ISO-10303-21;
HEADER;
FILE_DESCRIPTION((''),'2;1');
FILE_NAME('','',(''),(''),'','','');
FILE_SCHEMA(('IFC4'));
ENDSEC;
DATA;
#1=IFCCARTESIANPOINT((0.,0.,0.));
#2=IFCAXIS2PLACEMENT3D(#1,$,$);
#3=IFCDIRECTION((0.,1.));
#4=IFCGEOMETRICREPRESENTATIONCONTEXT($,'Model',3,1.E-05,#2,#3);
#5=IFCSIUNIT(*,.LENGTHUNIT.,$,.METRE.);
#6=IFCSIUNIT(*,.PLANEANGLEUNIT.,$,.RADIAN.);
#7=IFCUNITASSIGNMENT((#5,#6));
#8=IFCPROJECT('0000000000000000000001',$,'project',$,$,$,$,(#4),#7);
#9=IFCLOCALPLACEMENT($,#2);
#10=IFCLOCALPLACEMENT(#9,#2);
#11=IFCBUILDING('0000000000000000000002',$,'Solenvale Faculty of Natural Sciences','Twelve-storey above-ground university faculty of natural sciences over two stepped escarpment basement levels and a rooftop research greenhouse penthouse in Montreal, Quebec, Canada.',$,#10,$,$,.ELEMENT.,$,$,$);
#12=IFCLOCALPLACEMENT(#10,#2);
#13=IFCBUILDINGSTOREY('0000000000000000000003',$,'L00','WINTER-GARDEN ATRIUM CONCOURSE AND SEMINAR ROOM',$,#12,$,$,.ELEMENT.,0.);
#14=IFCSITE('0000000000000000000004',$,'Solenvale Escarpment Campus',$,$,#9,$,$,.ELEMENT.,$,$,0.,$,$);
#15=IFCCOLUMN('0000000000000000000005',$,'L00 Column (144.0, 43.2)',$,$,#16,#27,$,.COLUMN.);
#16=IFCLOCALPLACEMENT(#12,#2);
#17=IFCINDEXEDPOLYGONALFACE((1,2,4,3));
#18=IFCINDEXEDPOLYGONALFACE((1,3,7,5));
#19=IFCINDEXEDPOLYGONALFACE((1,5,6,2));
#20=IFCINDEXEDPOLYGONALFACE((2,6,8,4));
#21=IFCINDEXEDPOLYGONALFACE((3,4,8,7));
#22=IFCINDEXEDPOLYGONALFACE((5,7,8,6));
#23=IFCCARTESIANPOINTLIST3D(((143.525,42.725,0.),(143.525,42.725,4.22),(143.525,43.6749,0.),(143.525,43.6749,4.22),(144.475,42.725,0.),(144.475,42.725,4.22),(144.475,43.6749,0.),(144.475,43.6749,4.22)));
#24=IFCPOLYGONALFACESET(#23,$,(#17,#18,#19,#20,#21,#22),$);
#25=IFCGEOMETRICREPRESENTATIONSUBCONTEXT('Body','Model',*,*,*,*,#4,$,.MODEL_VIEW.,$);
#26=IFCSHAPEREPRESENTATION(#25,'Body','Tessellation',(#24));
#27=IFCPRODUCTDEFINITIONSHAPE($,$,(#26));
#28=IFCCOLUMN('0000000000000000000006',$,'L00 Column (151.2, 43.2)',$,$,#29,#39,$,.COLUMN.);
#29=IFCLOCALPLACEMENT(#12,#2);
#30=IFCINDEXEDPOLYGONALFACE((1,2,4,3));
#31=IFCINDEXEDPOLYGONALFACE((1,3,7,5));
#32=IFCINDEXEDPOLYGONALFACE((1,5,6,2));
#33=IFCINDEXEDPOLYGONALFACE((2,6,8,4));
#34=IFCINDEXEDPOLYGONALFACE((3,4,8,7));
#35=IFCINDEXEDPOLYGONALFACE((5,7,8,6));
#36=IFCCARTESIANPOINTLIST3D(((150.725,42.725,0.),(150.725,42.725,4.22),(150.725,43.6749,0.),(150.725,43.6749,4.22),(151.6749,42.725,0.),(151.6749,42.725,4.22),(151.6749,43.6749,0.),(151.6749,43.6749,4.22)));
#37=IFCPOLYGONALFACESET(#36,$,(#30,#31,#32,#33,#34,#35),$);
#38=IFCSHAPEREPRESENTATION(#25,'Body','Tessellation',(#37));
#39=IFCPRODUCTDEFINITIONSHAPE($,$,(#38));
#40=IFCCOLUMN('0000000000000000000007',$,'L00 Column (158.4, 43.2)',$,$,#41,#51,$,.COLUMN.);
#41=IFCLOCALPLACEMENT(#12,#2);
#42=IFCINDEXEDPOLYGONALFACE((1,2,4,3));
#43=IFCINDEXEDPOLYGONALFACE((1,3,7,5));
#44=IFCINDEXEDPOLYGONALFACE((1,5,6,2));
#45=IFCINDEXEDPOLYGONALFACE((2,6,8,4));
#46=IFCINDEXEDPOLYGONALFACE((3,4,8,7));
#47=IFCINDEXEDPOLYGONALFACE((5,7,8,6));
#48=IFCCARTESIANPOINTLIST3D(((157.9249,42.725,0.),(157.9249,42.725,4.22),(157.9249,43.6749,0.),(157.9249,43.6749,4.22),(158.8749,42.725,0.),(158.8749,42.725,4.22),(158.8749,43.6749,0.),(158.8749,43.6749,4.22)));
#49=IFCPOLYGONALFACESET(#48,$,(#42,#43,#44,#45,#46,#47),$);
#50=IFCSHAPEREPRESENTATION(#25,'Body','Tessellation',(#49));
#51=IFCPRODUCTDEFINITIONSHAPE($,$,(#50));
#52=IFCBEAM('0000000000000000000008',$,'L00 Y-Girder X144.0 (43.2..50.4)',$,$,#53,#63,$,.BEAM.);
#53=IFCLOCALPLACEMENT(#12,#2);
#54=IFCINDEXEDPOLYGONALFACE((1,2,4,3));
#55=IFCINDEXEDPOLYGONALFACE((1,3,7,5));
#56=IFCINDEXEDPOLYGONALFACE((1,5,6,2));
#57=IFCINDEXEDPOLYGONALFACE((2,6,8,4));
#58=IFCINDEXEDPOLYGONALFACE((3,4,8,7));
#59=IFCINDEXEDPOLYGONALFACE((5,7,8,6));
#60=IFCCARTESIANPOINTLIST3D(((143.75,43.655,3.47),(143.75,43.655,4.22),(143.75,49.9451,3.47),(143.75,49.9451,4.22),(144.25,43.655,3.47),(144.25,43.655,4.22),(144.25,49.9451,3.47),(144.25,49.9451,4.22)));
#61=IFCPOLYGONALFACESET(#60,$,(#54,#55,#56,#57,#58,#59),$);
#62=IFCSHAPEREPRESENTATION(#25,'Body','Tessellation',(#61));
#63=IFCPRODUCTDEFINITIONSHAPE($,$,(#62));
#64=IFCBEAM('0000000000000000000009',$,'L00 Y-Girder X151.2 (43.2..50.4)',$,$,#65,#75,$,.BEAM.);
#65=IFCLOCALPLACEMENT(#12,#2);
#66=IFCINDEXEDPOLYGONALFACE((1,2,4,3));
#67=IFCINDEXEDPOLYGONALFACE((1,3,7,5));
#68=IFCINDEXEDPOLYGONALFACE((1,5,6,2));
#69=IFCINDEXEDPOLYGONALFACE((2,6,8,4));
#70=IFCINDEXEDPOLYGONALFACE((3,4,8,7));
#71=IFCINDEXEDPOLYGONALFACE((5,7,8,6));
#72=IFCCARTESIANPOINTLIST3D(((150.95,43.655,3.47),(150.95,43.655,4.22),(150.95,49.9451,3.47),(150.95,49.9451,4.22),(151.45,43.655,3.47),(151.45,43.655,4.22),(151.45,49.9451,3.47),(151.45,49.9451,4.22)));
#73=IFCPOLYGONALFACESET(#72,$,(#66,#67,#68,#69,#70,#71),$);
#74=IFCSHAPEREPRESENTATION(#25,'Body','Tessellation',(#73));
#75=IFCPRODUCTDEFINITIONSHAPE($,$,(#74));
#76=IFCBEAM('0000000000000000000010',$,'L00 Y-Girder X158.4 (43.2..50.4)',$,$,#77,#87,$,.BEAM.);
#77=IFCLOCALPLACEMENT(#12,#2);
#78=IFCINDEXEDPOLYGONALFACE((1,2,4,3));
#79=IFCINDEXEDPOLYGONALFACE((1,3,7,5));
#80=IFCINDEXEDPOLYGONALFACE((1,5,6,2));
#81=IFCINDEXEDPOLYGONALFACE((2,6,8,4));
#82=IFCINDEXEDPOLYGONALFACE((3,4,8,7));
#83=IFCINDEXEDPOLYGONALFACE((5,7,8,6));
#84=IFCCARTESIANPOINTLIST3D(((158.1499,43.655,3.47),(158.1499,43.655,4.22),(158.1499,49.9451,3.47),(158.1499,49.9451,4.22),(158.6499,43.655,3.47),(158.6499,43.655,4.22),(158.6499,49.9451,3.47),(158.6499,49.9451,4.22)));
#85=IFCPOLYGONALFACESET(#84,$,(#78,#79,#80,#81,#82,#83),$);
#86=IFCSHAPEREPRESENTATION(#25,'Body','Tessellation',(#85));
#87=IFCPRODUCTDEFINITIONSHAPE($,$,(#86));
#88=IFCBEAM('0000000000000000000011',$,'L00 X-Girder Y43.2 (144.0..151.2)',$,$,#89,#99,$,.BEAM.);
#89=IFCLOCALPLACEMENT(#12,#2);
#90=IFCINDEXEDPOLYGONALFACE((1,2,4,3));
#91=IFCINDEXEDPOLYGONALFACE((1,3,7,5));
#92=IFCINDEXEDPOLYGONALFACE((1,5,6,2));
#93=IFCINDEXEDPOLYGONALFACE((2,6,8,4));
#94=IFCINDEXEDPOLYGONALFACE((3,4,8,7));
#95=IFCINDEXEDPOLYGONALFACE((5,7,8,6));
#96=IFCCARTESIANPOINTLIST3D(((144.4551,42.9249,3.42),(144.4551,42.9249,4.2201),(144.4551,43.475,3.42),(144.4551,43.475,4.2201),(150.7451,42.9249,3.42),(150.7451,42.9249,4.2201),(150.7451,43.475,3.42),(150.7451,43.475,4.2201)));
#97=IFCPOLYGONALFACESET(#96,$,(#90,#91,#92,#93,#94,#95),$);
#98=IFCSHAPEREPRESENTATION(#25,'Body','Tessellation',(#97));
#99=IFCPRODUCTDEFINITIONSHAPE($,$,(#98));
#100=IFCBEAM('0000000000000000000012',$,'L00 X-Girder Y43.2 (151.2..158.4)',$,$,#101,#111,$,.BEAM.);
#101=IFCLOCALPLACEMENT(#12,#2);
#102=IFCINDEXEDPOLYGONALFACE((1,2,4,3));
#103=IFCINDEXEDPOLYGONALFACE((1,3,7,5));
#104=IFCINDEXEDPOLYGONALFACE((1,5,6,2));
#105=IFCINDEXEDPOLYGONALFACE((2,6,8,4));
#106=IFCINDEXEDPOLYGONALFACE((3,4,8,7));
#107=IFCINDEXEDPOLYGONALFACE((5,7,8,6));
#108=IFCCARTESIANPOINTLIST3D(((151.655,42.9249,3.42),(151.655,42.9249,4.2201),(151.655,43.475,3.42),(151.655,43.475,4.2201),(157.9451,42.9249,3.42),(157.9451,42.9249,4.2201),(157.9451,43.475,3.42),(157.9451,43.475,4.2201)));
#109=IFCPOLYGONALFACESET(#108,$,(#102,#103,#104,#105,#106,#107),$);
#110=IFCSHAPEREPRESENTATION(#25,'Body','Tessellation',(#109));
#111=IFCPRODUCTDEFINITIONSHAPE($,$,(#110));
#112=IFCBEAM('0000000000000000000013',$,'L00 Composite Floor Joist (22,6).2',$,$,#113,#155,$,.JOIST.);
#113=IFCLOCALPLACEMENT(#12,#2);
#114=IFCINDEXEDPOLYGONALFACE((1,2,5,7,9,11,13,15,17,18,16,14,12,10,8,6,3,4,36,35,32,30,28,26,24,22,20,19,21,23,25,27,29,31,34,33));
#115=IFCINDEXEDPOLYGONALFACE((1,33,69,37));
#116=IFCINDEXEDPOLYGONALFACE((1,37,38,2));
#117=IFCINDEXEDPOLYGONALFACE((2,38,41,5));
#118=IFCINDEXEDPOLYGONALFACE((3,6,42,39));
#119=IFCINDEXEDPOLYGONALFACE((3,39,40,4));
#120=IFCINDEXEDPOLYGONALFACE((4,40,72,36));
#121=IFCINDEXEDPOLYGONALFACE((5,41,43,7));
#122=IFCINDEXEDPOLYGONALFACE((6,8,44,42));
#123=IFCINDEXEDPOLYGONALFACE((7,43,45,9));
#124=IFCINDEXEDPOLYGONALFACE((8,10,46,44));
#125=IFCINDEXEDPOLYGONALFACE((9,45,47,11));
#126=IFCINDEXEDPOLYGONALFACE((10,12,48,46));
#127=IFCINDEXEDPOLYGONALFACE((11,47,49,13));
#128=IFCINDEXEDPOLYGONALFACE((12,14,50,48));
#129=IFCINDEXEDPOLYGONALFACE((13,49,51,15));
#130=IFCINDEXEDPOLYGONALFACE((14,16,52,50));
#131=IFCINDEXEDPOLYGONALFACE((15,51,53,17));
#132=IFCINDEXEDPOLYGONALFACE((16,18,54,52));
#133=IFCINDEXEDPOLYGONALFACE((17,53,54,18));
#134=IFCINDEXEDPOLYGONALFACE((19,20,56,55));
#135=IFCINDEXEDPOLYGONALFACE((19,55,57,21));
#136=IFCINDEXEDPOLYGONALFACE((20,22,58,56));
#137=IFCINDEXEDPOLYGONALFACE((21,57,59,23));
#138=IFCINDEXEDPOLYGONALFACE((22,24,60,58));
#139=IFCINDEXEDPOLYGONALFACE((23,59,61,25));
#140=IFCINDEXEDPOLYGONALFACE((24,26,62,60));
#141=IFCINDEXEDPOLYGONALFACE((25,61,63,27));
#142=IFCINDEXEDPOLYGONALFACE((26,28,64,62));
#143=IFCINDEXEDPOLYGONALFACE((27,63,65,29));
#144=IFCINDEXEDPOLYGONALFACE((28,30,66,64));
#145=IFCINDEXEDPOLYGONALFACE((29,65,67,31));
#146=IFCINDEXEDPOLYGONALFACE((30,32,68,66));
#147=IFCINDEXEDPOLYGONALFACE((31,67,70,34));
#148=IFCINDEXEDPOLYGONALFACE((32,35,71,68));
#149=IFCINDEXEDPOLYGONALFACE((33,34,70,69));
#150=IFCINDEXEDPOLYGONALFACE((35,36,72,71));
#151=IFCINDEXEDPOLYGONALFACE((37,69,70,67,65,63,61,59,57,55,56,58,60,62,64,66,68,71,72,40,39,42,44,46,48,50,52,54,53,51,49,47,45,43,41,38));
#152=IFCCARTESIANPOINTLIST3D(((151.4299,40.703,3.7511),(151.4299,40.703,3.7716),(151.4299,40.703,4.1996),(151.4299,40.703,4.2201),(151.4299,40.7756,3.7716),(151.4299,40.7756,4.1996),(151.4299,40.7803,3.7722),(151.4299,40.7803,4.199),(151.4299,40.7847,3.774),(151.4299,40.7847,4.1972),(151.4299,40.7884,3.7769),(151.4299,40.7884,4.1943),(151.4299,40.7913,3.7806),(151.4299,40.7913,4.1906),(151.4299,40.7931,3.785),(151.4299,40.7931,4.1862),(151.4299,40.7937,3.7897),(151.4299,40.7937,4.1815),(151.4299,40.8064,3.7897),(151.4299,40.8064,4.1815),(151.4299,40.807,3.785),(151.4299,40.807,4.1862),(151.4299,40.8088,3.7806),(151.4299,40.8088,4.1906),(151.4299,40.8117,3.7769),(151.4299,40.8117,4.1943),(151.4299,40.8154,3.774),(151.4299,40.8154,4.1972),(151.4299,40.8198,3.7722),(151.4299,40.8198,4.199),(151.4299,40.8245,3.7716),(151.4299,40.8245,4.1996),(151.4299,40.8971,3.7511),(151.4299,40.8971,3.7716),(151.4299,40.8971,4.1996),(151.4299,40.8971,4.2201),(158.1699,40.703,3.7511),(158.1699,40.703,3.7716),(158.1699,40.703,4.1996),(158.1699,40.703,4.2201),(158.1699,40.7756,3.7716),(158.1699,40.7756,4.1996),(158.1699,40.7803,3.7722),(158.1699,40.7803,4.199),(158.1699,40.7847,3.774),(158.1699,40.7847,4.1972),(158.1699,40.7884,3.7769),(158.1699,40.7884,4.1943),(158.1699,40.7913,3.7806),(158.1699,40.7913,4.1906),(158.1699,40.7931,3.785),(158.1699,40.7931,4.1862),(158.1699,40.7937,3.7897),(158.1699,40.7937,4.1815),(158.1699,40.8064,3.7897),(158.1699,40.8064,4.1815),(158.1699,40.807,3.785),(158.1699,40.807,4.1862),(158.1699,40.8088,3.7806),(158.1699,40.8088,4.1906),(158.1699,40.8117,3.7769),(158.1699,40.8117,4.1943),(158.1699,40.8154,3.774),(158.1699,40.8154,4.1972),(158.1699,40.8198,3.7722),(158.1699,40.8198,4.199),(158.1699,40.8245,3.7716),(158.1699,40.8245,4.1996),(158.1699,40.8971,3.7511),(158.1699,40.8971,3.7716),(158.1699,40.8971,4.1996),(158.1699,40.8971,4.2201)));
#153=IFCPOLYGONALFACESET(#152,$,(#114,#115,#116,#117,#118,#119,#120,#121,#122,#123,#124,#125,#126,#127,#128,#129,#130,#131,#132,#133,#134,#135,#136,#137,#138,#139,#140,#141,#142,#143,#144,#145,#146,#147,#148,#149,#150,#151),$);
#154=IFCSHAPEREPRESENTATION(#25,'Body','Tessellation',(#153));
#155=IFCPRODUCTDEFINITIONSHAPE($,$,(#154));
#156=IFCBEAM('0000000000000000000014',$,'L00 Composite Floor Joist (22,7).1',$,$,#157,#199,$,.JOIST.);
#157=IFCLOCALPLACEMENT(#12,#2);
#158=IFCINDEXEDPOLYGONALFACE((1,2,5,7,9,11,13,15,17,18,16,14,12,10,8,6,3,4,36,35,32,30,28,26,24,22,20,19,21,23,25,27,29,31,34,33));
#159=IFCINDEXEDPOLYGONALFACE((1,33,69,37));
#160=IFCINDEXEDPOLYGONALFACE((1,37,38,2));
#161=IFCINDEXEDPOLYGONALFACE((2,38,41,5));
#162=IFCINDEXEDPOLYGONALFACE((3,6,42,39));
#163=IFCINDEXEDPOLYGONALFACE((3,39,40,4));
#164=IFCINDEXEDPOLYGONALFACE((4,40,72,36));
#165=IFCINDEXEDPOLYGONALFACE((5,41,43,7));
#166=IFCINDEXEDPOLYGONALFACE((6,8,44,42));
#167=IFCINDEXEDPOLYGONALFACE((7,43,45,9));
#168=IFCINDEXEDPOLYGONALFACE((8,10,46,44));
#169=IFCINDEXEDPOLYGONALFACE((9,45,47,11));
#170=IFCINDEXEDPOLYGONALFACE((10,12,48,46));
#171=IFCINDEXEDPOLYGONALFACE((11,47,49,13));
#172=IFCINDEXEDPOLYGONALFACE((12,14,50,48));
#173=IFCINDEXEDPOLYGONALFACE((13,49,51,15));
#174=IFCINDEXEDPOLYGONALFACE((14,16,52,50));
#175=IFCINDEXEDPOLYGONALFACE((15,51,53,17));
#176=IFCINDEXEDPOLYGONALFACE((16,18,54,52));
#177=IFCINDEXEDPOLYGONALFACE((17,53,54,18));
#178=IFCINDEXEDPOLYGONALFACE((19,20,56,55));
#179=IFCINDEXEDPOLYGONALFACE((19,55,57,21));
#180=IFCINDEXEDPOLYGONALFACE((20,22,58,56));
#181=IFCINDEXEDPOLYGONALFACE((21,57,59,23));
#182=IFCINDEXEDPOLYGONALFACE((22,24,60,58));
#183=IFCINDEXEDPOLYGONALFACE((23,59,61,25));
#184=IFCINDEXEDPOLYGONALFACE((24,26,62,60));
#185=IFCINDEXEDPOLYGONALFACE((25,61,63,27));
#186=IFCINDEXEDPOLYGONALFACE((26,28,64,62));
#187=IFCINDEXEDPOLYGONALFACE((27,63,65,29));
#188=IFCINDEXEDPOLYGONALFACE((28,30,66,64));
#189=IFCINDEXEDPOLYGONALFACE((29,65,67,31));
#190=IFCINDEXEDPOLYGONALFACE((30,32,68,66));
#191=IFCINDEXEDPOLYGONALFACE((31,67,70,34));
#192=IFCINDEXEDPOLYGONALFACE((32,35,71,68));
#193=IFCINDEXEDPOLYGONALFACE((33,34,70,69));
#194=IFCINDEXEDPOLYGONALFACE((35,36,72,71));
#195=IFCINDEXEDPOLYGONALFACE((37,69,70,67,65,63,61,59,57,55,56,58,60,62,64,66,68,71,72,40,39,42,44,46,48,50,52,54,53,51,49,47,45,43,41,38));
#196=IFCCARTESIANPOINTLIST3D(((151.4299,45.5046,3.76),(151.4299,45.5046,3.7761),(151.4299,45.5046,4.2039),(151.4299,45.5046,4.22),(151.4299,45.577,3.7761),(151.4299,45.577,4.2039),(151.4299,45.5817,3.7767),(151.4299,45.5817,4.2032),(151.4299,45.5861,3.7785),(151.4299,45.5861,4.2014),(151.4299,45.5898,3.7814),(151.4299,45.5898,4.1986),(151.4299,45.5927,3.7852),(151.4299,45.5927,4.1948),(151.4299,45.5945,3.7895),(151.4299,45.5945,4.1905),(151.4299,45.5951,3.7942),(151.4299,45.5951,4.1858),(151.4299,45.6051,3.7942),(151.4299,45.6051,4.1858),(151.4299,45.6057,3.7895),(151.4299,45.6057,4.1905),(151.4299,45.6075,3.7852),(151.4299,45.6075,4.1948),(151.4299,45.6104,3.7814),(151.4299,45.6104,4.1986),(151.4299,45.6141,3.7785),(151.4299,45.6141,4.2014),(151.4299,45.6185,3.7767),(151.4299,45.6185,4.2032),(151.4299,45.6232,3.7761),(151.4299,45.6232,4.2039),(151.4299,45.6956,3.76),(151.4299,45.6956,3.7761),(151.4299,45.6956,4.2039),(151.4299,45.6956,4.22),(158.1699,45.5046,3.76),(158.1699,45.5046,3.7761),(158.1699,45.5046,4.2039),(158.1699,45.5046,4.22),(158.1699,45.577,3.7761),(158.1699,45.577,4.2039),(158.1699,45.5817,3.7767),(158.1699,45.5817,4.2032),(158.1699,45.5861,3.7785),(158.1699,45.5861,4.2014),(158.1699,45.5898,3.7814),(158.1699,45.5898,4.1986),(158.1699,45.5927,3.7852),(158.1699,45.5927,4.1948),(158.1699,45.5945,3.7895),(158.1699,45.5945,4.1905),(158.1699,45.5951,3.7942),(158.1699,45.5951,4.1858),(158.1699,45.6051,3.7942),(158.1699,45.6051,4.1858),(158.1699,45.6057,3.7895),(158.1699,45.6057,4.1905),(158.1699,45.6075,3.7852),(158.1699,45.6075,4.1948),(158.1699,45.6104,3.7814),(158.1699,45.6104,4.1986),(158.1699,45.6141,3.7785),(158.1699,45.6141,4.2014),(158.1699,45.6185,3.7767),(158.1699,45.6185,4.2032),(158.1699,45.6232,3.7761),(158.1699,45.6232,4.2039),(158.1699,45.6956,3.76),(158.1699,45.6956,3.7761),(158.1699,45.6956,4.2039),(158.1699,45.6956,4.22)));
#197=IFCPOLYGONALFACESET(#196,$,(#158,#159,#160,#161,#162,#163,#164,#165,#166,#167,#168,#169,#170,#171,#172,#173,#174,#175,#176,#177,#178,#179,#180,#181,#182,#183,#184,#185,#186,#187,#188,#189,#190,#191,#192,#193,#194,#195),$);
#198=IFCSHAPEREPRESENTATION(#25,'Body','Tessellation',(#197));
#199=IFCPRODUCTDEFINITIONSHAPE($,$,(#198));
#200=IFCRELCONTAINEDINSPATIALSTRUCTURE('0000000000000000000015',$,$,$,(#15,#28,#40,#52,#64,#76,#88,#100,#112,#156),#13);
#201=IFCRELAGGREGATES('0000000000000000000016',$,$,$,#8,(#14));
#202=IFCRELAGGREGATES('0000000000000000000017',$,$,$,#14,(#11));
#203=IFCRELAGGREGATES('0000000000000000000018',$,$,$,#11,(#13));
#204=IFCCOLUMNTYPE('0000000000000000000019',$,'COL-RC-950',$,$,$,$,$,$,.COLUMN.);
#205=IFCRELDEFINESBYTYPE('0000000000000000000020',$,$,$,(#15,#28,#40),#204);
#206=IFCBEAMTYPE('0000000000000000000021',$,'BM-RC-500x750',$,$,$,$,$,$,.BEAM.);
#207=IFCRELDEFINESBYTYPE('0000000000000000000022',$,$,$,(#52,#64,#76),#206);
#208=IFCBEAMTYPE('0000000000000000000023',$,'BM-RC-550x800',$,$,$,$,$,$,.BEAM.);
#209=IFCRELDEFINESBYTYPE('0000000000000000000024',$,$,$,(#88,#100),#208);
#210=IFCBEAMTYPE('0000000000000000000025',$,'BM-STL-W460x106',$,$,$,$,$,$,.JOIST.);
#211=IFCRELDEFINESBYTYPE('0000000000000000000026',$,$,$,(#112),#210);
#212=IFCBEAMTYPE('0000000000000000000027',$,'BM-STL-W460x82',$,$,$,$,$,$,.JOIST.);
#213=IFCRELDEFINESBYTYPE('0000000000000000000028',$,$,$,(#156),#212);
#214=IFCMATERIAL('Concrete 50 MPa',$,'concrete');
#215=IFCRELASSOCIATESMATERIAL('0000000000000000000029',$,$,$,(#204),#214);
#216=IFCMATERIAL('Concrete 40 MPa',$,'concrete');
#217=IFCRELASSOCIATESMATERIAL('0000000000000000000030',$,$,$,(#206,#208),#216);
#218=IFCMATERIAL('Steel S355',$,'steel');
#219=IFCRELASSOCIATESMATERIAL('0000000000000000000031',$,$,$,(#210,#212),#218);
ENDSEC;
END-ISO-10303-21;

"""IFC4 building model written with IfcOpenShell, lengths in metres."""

from ifc_helpers import new_model, si_unit, direction, frame, origin, origin_2d, place, context, subcontext, project, spatial, rectangle, i_section, extrude, material, material_profile, profile_set, type_object, element, save


model = new_model("IFC4")

# Units and contexts
model_context = context("Model", 3, precision=1e-05, world=origin(), true_north=direction((0.0, 1.0)))
body_context = subcontext(model_context, "Body", "Model", "MODEL_VIEW")
ifc_project = project(units=[si_unit("LENGTHUNIT", "METRE"), si_unit("PLANEANGLEUNIT", "RADIAN")], contexts=[model_context])

# Site, building, storey
site_placement = place(None, origin())
site = spatial("IfcSite", under=ifc_project, at=site_placement, Name="Solenvale Escarpment Campus", CompositionType="ELEMENT", RefElevation=0.0)
building_placement = place(site_placement, origin())
building = spatial("IfcBuilding", under=site, at=building_placement, Name="Solenvale Faculty of Natural Sciences", Description="Twelve-storey above-ground university faculty of natural sciences over two stepped escarpment basement levels and a rooftop research greenhouse penthouse in Montreal, Quebec, Canada.", CompositionType="ELEMENT")
storey_placement = place(building_placement, origin())
storey = spatial("IfcBuildingStorey", under=building, at=storey_placement, Name="L00", Description="WINTER-GARDEN ATRIUM CONCOURSE AND SEMINAR ROOM", CompositionType="ELEMENT", Elevation=0.0)

# Columns
ifc_material_1 = material(Name="Concrete 50 MPa", Category="concrete")
ifc_material_profile_1 = material_profile(ifc_material_1, rectangle(XDim=0.95, YDim=0.95, at=origin_2d()), Name="RC-COL-950x950")
ifc_profile_set_1 = profile_set([ifc_material_profile_1], Name="Concrete 50 MPa")
column_type = type_object("IfcColumnType", Name="COL-RC-950", PredefinedType="COLUMN", material=ifc_profile_set_1)
for number, where, z_axis, x_axis, name in (
    (1, (144.0, 43.2, 0.0), (0.0, 0.0, 1.0), (1.0, 0.0, 0.0), "L00 Column (144.0, 43.2)"),
    (2, (151.2, 43.2, 0.0), (0.0, 0.0, 1.0), (1.0, 0.0, 0.0), "L00 Column (151.2, 43.2)"),
    (3, (158.3999, 43.2, 0.0), (0.0, 0.0, 1.0), (1.0, 0.0, 0.0), "L00 Column (158.4, 43.2)"),
):
    element("IfcColumn", number, at=place(storey_placement, frame(where, z_axis=z_axis, x_axis=x_axis)), inside=storey, type_object=column_type, Name=name, PredefinedType="COLUMN", context=body_context, shape_type="SweptSolid", body=[
        extrude(rectangle(XDim=0.95, YDim=0.95, at=origin_2d()), origin(), (0.0, 0.0, 1.0), 4.22),
    ])

# Beams
ifc_material_2 = material(Name="Concrete 40 MPa", Category="concrete")
ifc_material_profile_2 = material_profile(ifc_material_2, rectangle(XDim=0.5, YDim=0.75, at=origin_2d()), Name="RC-BM-500x750")
ifc_profile_set_2 = profile_set([ifc_material_profile_2], Name="Concrete 40 MPa")
beam_type_1 = type_object("IfcBeamType", Name="BM-RC-500x750", PredefinedType="BEAM", material=ifc_profile_set_2)
for number, where, z_axis, x_axis, name in (
    (4, (144.0, 43.655, 3.845), (0.0, 1.0, 0.0), (-1.0, 0.0, 0.0), "L00 Y-Girder X144.0 (43.2..50.4)"),
    (5, (151.2, 43.655, 3.845), (0.0, 1.0, 0.0), (-1.0, 0.0, 0.0), "L00 Y-Girder X151.2 (43.2..50.4)"),
    (6, (158.3999, 43.655, 3.845), (0.0, 1.0, 0.0), (-1.0, 0.0, 0.0), "L00 Y-Girder X158.4 (43.2..50.4)"),
):
    element("IfcBeam", number, at=place(storey_placement, frame(where, z_axis=z_axis, x_axis=x_axis)), inside=storey, type_object=beam_type_1, Name=name, PredefinedType="BEAM", context=body_context, shape_type="SweptSolid", body=[
        extrude(rectangle(XDim=0.5, YDim=0.75, at=origin_2d()), origin(), (0.0, 0.0, 1.0), 6.29),
    ])
ifc_material_profile_3 = material_profile(ifc_material_2, rectangle(XDim=0.55, YDim=0.8, at=origin_2d()), Name="RC-BM-550x800")
ifc_profile_set_3 = profile_set([ifc_material_profile_3], Name="Concrete 40 MPa")
beam_type_2 = type_object("IfcBeamType", Name="BM-RC-550x800", PredefinedType="BEAM", material=ifc_profile_set_3)
for number, where, z_axis, x_axis, name in (
    (7, (144.4551, 43.2, 3.8201), (1.0, 0.0, 0.0), (0.0, 1.0, 0.0), "L00 X-Girder Y43.2 (144.0..151.2)"),
    (8, (151.655, 43.2, 3.8201), (1.0, 0.0, 0.0), (0.0, 1.0, 0.0), "L00 X-Girder Y43.2 (151.2..158.4)"),
):
    element("IfcBeam", number, at=place(storey_placement, frame(where, z_axis=z_axis, x_axis=x_axis)), inside=storey, type_object=beam_type_2, Name=name, PredefinedType="BEAM", context=body_context, shape_type="SweptSolid", body=[
        extrude(rectangle(XDim=0.55, YDim=0.8, at=origin_2d()), origin(), (0.0, 0.0, 1.0), 6.29),
    ])
ifc_material_3 = material(Name="Steel S355", Category="steel")
ifc_material_profile_4 = material_profile(ifc_material_3, i_section(OverallWidth=0.1941, OverallDepth=0.469, WebThickness=0.0127, FlangeThickness=0.0205, FilletRadius=0.0181, at=origin_2d()), Name="W460x106")
ifc_profile_set_4 = profile_set([ifc_material_profile_4], Name="Steel S355")
beam_type_3 = type_object("IfcBeamType", Name="BM-STL-W460x106", PredefinedType="JOIST", material=ifc_profile_set_4)
beam_1_placement = place(storey_placement, frame((151.4299, 40.8, 3.9856), z_axis=(1.0, 0.0, 0.0), x_axis=(0.0, 1.0, 0.0)))
element("IfcBeam", 9, at=beam_1_placement, inside=storey, type_object=beam_type_3, Name="L00 Composite Floor Joist (22,6).2", PredefinedType="JOIST", context=body_context, shape_type="SweptSolid", body=[
    extrude(i_section(OverallWidth=0.1941, OverallDepth=0.469, WebThickness=0.0127, FlangeThickness=0.0205, FilletRadius=0.0181, at=origin_2d()), origin(), (0.0, 0.0, 1.0), 6.74),
])
ifc_material_profile_5 = material_profile(ifc_material_3, i_section(OverallWidth=0.1909, OverallDepth=0.46, WebThickness=0.01, FlangeThickness=0.0161, FilletRadius=0.0181, at=origin_2d()), Name="W460x82")
ifc_profile_set_5 = profile_set([ifc_material_profile_5], Name="Steel S355")
beam_type_4 = type_object("IfcBeamType", Name="BM-STL-W460x82", PredefinedType="JOIST", material=ifc_profile_set_5)
for number, where, z_axis, x_axis, name in (
    (10, (151.4299, 45.6001, 3.99), (1.0, 0.0, 0.0), (0.0, 1.0, 0.0), "L00 Composite Floor Joist (22,7).1"),
):
    element("IfcBeam", number, at=place(storey_placement, frame(where, z_axis=z_axis, x_axis=x_axis)), inside=storey, type_object=beam_type_4, Name=name, PredefinedType="JOIST", context=body_context, shape_type="SweptSolid", body=[
        extrude(i_section(OverallWidth=0.1909, OverallDepth=0.46, WebThickness=0.01, FlangeThickness=0.0161, FilletRadius=0.0181, at=origin_2d()), origin(), (0.0, 0.0, 1.0), 6.74),
    ])

save(model, "model.ifc")
